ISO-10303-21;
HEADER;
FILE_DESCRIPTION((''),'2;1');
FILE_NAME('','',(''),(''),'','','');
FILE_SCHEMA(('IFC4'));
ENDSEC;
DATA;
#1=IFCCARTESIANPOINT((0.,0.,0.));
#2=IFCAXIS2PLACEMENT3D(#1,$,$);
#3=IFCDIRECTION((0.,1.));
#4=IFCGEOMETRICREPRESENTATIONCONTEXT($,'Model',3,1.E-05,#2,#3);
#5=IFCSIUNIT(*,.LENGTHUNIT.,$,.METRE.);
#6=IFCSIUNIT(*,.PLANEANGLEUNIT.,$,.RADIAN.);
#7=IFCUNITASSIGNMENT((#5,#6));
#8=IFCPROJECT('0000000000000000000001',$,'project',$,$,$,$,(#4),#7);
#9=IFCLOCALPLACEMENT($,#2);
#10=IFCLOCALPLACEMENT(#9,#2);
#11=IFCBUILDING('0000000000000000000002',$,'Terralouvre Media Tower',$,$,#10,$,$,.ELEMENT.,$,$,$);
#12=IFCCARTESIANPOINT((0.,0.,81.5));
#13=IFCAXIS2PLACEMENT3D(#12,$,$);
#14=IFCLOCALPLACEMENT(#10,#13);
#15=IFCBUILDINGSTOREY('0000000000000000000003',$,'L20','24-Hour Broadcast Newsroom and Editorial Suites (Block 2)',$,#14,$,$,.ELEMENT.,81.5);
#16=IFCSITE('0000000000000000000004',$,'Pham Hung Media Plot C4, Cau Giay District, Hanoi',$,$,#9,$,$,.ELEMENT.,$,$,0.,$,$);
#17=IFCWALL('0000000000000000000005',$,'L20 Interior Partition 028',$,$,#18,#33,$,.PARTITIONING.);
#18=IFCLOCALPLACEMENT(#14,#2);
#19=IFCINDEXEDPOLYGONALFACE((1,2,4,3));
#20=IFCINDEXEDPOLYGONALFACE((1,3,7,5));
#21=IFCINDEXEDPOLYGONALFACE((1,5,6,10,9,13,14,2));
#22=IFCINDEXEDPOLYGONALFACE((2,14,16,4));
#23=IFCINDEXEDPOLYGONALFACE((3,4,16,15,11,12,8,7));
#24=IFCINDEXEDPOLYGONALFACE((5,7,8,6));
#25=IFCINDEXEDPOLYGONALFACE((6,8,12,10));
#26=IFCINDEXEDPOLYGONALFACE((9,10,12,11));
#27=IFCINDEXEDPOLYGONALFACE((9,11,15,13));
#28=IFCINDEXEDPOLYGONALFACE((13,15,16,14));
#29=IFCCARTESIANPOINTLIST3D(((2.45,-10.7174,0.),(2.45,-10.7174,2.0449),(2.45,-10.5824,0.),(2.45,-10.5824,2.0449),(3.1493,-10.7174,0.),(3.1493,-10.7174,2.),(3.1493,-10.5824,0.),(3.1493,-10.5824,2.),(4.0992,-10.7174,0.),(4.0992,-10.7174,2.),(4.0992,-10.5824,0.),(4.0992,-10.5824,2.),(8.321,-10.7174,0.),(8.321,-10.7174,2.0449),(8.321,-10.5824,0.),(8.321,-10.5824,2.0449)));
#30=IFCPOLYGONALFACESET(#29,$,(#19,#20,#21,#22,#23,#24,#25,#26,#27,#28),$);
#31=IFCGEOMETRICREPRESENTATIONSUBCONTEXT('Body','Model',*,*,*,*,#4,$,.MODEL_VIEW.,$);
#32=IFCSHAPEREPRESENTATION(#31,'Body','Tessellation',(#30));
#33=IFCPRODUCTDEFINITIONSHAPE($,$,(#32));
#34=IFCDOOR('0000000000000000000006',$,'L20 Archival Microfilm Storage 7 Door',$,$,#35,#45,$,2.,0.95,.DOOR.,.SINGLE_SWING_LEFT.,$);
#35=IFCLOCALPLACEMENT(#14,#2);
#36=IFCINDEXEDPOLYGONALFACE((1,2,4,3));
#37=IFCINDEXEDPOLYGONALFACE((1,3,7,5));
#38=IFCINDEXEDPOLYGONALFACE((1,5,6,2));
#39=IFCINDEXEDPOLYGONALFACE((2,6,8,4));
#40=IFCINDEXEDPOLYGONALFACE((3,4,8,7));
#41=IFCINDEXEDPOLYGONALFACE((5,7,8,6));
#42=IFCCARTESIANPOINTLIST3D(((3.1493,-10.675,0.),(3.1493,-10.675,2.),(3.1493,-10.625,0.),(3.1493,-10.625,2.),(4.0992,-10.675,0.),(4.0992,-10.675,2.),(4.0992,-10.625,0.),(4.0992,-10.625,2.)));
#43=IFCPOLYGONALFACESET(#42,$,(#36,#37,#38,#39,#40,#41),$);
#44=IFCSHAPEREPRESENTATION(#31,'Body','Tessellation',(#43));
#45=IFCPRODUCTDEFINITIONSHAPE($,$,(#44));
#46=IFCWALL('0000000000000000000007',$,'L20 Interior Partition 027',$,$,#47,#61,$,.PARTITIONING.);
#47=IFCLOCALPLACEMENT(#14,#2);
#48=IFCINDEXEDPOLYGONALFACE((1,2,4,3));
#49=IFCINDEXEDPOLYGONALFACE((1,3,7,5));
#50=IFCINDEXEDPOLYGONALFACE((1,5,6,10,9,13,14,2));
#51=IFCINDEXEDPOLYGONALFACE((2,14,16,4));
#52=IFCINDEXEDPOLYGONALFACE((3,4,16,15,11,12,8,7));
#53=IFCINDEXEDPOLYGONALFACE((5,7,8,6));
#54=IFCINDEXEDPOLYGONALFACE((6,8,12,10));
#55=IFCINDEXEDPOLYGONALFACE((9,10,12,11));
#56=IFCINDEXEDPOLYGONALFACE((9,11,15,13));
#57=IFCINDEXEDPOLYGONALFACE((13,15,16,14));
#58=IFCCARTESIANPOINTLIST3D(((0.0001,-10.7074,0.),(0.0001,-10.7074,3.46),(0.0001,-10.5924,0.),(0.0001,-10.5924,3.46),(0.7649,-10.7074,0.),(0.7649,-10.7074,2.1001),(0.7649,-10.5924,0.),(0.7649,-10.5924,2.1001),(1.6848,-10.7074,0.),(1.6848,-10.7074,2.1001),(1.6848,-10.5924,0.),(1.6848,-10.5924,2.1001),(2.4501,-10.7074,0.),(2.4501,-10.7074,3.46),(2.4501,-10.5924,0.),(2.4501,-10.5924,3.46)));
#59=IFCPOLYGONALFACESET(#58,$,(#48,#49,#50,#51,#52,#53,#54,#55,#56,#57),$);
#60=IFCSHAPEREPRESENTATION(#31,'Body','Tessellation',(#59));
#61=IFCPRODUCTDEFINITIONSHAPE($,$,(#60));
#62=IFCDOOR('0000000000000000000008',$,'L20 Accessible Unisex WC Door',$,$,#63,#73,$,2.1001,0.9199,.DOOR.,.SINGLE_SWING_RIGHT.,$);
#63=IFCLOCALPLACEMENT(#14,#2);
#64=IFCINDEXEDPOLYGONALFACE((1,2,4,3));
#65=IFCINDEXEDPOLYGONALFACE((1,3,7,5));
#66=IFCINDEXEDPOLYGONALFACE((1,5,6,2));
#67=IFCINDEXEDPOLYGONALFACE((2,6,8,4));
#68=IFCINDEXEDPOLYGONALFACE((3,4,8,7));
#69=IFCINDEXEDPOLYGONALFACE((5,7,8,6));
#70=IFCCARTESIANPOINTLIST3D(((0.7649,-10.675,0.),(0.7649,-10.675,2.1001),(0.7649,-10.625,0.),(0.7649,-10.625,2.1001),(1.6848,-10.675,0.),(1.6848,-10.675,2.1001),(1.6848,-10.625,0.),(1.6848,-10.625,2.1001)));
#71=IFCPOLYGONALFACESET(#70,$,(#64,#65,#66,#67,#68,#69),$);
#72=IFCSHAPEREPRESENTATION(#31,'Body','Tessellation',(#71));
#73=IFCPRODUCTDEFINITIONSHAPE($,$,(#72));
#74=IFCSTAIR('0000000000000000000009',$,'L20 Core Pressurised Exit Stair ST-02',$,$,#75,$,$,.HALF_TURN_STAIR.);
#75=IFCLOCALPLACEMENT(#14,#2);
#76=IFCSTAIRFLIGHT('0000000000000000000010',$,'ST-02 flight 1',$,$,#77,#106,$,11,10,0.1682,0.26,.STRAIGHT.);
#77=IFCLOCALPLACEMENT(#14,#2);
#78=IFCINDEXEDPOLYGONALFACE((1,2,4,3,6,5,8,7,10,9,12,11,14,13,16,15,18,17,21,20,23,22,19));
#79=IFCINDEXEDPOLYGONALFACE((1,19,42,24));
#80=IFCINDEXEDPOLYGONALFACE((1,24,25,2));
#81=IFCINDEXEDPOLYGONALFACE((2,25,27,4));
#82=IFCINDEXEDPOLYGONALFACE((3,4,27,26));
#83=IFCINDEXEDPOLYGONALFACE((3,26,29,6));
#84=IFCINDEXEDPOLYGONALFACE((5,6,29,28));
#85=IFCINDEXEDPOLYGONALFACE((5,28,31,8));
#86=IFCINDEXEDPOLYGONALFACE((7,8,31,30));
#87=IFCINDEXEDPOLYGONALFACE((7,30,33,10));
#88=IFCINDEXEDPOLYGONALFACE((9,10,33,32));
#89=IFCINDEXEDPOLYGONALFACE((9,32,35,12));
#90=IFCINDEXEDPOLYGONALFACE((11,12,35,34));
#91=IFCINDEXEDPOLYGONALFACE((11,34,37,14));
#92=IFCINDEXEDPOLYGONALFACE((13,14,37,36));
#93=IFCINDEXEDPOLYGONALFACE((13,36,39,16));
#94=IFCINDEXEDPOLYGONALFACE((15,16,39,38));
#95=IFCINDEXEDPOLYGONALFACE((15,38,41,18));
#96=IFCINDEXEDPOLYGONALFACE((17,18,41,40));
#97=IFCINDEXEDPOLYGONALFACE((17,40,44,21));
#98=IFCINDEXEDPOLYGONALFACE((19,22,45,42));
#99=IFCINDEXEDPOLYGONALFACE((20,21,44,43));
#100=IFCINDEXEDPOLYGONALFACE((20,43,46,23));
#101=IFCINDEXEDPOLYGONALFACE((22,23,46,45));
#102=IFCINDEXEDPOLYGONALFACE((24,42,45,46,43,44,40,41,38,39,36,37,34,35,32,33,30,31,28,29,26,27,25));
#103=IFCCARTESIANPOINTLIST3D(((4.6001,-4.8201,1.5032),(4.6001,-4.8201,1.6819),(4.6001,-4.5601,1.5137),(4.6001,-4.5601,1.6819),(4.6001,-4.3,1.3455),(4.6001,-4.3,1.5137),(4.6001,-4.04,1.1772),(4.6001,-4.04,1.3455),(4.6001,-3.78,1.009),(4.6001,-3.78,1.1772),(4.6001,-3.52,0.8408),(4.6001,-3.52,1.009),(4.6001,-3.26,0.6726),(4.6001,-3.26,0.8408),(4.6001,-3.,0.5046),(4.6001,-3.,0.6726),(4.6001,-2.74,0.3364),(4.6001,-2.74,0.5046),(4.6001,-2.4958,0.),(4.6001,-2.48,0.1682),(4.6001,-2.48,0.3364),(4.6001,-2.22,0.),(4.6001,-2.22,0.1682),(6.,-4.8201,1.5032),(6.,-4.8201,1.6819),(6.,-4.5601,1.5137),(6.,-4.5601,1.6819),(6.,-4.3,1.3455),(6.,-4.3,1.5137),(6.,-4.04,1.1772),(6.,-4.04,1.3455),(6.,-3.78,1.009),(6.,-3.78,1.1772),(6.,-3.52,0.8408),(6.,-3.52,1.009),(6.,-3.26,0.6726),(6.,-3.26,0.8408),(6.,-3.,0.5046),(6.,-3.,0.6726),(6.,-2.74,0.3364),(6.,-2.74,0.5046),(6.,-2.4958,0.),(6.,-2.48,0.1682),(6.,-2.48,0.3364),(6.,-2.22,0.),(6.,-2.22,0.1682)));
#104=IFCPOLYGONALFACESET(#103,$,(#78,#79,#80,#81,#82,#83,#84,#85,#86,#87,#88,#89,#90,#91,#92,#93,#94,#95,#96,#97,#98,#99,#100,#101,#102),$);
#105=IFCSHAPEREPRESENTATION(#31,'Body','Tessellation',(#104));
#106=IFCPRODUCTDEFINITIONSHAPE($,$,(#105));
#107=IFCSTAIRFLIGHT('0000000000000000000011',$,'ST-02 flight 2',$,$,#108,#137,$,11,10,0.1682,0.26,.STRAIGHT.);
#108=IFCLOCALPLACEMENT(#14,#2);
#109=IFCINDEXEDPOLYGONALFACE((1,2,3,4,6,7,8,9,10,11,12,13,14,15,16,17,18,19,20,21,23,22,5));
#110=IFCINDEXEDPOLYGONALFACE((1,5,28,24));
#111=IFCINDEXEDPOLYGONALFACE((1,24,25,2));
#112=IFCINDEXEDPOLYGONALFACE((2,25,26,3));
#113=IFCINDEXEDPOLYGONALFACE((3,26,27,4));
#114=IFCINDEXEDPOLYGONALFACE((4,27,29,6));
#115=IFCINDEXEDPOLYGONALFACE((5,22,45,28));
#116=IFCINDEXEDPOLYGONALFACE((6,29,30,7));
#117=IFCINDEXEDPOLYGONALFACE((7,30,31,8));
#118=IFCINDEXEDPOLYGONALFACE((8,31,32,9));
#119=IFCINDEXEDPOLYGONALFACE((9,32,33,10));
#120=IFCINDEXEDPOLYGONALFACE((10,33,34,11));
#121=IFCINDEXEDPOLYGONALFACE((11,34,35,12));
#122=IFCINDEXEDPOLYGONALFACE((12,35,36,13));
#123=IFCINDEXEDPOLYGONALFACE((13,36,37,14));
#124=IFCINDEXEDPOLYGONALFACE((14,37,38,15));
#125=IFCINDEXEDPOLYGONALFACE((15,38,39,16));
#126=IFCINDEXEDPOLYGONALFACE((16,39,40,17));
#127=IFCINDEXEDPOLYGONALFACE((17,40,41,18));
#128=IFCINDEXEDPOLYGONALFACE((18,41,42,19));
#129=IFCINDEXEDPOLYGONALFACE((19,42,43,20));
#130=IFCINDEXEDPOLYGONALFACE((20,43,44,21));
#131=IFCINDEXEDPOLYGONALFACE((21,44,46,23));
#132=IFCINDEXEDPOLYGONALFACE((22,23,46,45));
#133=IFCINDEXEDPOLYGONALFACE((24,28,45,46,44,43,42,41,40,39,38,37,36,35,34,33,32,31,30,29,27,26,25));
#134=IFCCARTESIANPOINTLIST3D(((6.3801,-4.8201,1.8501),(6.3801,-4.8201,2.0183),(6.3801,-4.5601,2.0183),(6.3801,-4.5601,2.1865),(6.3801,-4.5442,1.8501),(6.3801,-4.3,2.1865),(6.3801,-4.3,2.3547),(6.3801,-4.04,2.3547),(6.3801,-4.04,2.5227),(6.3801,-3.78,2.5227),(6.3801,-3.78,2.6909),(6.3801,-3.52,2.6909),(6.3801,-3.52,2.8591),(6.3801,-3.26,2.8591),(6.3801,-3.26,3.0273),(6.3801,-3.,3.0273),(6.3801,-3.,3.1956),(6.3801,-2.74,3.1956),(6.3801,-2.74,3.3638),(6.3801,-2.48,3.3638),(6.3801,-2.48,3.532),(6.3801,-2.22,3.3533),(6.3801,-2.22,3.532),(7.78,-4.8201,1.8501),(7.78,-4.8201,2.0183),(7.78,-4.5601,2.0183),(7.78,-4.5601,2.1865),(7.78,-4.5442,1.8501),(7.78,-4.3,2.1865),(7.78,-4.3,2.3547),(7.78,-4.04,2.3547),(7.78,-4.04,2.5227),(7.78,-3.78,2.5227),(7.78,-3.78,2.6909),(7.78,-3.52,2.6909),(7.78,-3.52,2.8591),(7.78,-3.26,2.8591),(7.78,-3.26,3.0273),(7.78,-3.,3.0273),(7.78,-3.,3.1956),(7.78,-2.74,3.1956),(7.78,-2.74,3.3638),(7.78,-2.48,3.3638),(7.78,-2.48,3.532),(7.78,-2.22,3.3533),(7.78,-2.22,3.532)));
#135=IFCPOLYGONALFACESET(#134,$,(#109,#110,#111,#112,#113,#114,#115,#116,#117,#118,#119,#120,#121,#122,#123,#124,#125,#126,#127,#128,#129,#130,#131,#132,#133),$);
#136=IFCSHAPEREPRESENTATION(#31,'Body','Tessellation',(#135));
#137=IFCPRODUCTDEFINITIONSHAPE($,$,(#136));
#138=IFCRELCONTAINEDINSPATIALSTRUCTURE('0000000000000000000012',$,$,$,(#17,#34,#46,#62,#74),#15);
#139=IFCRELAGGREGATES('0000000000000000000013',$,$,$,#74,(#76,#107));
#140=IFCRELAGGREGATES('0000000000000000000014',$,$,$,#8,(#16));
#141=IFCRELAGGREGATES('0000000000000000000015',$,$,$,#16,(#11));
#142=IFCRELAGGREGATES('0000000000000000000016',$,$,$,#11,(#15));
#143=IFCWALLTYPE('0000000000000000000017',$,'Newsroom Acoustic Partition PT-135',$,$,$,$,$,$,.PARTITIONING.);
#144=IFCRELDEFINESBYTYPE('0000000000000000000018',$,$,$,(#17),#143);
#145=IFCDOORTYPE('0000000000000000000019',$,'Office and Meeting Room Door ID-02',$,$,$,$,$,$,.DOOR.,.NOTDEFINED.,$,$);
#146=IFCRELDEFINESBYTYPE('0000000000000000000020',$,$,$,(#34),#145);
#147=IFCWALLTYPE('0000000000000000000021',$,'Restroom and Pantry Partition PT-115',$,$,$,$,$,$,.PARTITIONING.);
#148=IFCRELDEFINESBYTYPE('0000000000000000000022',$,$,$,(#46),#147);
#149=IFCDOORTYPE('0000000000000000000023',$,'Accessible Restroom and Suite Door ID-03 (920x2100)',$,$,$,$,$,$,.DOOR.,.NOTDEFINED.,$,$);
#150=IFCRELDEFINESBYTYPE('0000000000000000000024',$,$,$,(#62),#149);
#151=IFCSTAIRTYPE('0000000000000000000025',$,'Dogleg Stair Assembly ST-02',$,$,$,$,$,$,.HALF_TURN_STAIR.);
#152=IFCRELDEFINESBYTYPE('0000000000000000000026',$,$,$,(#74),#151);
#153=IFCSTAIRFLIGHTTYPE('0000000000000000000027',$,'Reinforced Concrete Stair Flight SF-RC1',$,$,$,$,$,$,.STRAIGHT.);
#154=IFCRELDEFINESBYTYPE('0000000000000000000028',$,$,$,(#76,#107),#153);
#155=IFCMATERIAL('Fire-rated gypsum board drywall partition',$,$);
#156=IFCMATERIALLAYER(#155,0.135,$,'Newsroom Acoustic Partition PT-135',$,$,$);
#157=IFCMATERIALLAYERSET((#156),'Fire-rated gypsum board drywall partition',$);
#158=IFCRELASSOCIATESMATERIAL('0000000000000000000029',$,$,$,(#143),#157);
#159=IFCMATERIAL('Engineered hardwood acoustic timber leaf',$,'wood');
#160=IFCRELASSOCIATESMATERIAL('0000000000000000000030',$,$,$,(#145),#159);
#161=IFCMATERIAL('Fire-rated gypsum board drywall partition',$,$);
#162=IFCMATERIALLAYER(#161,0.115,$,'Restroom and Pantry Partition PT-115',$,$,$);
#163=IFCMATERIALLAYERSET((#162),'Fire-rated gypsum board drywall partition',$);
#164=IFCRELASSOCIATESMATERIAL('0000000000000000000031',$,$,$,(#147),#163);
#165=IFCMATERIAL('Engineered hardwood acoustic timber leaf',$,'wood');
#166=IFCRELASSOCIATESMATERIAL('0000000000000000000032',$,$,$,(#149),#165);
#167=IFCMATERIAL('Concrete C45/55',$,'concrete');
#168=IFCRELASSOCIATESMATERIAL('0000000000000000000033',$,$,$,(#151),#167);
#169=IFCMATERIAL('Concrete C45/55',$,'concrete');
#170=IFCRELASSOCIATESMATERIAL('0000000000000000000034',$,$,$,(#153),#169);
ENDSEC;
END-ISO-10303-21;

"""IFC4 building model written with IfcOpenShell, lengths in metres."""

from ifc_helpers import new_model, si_unit, direction, frame, frame_2d, origin, place, context, subcontext, project, spatial, polyline, rectangle, outline, extrude, material, layer, layer_set, type_object, element, fill, aggregate, save


model = new_model("IFC4")

# Units and contexts
model_context = context("Model", 3, precision=1e-05, world=origin(), true_north=direction((0.0, 1.0)))
body_context = subcontext(model_context, "Body", "Model", "MODEL_VIEW")
ifc_project = project(units=[si_unit("LENGTHUNIT", "METRE"), si_unit("PLANEANGLEUNIT", "RADIAN")], contexts=[model_context])

# Site, building, storey
site_placement = place(None, origin())
site = spatial("IfcSite", under=ifc_project, at=site_placement, Name="Pham Hung Media Plot C4, Cau Giay District, Hanoi", CompositionType="ELEMENT", RefElevation=0.0)
building_placement = place(site_placement, origin())
building = spatial("IfcBuilding", under=site, at=building_placement, Name="Terralouvre Media Tower", CompositionType="ELEMENT")
storey_placement = place(building_placement, frame((0.0, 0.0, 81.5)))
storey = spatial("IfcBuildingStorey", under=building, at=storey_placement, Name="L20", Description="24-Hour Broadcast Newsroom and Editorial Suites (Block 2)", CompositionType="ELEMENT", Elevation=81.5)

# Walls, openings, doors
ifc_material_1 = material(Name="Fire-rated gypsum board drywall partition")
ifc_layer_1 = layer(ifc_material_1, 0.135, Name="Newsroom Acoustic Partition PT-135")
ifc_layer_set_1 = layer_set([ifc_layer_1], Name="Fire-rated gypsum board drywall partition")
wall_type_1 = type_object("IfcWallType", Name="Newsroom Acoustic Partition PT-135", PredefinedType="PARTITIONING", material=ifc_layer_set_1)
wall_1_placement = place(storey_placement, frame((2.45, -10.6499, 0.0), z_axis=(0.0, 0.0, 1.0), x_axis=(1.0, 0.0, 0.0)))
wall_1 = element("IfcWall", 1, at=wall_1_placement, inside=storey, type_object=wall_type_1, Name="L20 Interior Partition 028", PredefinedType="PARTITIONING", context=body_context, shape_type="SweptSolid", body=[
    extrude(rectangle(XDim=5.8711, YDim=0.135, at=frame_2d((2.9355, 0.0))), origin(), (0.0, 0.0, 1.0), 2.0449),
])
opening_1_placement = place(wall_1_placement, frame((0.6992, 0.0, 0.0)))
opening_1 = element("IfcOpeningElement", 2, at=opening_1_placement, cuts=wall_1, PredefinedType="OPENING", context=body_context, shape_type="SweptSolid", body=[
    extrude(rectangle(XDim=0.95, YDim=2.0, at=frame_2d((0.4751, 1.0))), frame((0.0, 0.0774, 0.0), z_axis=(0.0, -1.0, 0.0), x_axis=(1.0, 0.0, 0.0)), (0.0, 0.0, 1.0), 0.155),
])
ifc_material_2 = material(Name="Engineered hardwood acoustic timber leaf", Category="wood")
door_type_1 = type_object("IfcDoorType", Name="Office and Meeting Room Door ID-02", OperationType="NOTDEFINED", PredefinedType="DOOR", material=ifc_material_2)
door_1_placement = place(opening_1_placement, origin())
door_1 = element("IfcDoor", 3, at=door_1_placement, inside=storey, type_object=door_type_1, Name="L20 Archival Microfilm Storage 7 Door", OperationType="SINGLE_SWING_LEFT", OverallHeight=2.0, OverallWidth=0.95, PredefinedType="DOOR", context=body_context, shape_type="SweptSolid", body=[
    extrude(rectangle(XDim=0.95, YDim=2.0, at=frame_2d((0.4751, 1.0))), frame((0.0, 0.0249, 0.0), z_axis=(0.0, -1.0, 0.0), x_axis=(1.0, 0.0, 0.0)), (0.0, 0.0, 1.0), 0.05),
])
fill(opening_1, door_1)
ifc_material_3 = material(Name="Fire-rated gypsum board drywall partition")
ifc_layer_2 = layer(ifc_material_3, 0.115, Name="Restroom and Pantry Partition PT-115")
ifc_layer_set_2 = layer_set([ifc_layer_2], Name="Fire-rated gypsum board drywall partition")
wall_type_2 = type_object("IfcWallType", Name="Restroom and Pantry Partition PT-115", PredefinedType="PARTITIONING", material=ifc_layer_set_2)
wall_2_placement = place(storey_placement, frame((0.0, -10.6499, 0.0), z_axis=(0.0, 0.0, 1.0), x_axis=(1.0, 0.0, 0.0)))
wall_2 = element("IfcWall", 4, at=wall_2_placement, inside=storey, type_object=wall_type_2, Name="L20 Interior Partition 027", PredefinedType="PARTITIONING", context=body_context, shape_type="SweptSolid", body=[
    extrude(rectangle(XDim=2.45, YDim=0.115, at=frame_2d((1.2251, 0.0))), origin(), (0.0, 0.0, 1.0), 3.46),
])
opening_2_placement = place(wall_2_placement, frame((0.7649, 0.0, 0.0)))
opening_2 = element("IfcOpeningElement", 5, at=opening_2_placement, cuts=wall_2, PredefinedType="OPENING", context=body_context, shape_type="SweptSolid", body=[
    extrude(rectangle(XDim=0.9199, YDim=2.1001, at=frame_2d((0.46, 1.05))), frame((0.0, 0.0674, 0.0), z_axis=(0.0, -1.0, 0.0), x_axis=(1.0, 0.0, 0.0)), (0.0, 0.0, 1.0), 0.135),
])
ifc_material_4 = material(Name="Engineered hardwood acoustic timber leaf", Category="wood")
door_type_2 = type_object("IfcDoorType", Name="Accessible Restroom and Suite Door ID-03 (920x2100)", OperationType="NOTDEFINED", PredefinedType="DOOR", material=ifc_material_4)
door_2_placement = place(opening_2_placement, origin())
door_2 = element("IfcDoor", 6, at=door_2_placement, inside=storey, type_object=door_type_2, Name="L20 Accessible Unisex WC Door", OperationType="SINGLE_SWING_RIGHT", OverallHeight=2.1001, OverallWidth=0.9199, PredefinedType="DOOR", context=body_context, shape_type="SweptSolid", body=[
    extrude(rectangle(XDim=0.9199, YDim=2.1001, at=frame_2d((0.46, 1.05))), frame((0.0, 0.0249, 0.0), z_axis=(0.0, -1.0, 0.0), x_axis=(1.0, 0.0, 0.0)), (0.0, 0.0, 1.0), 0.05),
])
fill(opening_2, door_2)

# Stair, stair flights
ifc_material_5 = material(Name="Concrete C45/55", Category="concrete")
stair_type = type_object("IfcStairType", Name="Dogleg Stair Assembly ST-02", PredefinedType="HALF_TURN_STAIR", material=ifc_material_5)
stair_placement = place(storey_placement, origin())
stair = element("IfcStair", 7, at=stair_placement, inside=storey, type_object=stair_type, Name="L20 Core Pressurised Exit Stair ST-02", PredefinedType="HALF_TURN_STAIR")
ifc_material_6 = material(Name="Concrete C45/55", Category="concrete")
stair_flight_type = type_object("IfcStairFlightType", Name="Reinforced Concrete Stair Flight SF-RC1", PredefinedType="STRAIGHT", material=ifc_material_6)
stair_flight_1_placement = place(storey_placement, frame((5.3, -2.22, 0.0), z_axis=(0.0, 0.0, 1.0), x_axis=(0.0, -1.0, 0.0)))
stair_flight_1 = element("IfcStairFlight", 8, at=stair_flight_1_placement, type_object=stair_flight_type, Name="ST-02 flight 1", NumberOfRisers=11, NumberOfTreads=10, PredefinedType="STRAIGHT", RiserHeight=0.1682, TreadLength=0.26, context=body_context, shape_type="SweptSolid", body=[
    extrude(outline(polyline([(0.0, 0.0), (0.0, 0.1682), (0.26, 0.1682), (0.26, 0.3364), (0.52, 0.3364), (0.52, 0.5046), (0.78, 0.5046), (0.78, 0.6726), (1.04, 0.6726), (1.04, 0.8408), (1.3, 0.8408), (1.3, 1.009), (1.5601, 1.009), (1.5601, 1.1772), (1.8201, 1.1772), (1.8201, 1.3455), (2.0801, 1.3455), (2.0801, 1.5137), (2.3401, 1.5137), (2.3401, 1.6819), (2.6001, 1.6819), (2.6001, 1.8501), (2.6001, 1.5032), (0.2759, 0.0), (0.0, 0.0)])), frame((0.0, 0.7, 0.0), z_axis=(0.0, -1.0, 0.0), x_axis=(1.0, 0.0, 0.0)), (0.0, 0.0, 1.0), 1.3999),
])
stair_flight_2_placement = place(storey_placement, frame((7.0801, -4.8201, 1.8501), z_axis=(0.0, 0.0, 1.0), x_axis=(0.0, 1.0, 0.0)))
stair_flight_2 = element("IfcStairFlight", 9, at=stair_flight_2_placement, type_object=stair_flight_type, Name="ST-02 flight 2", NumberOfRisers=11, NumberOfTreads=10, PredefinedType="STRAIGHT", RiserHeight=0.1682, TreadLength=0.26, context=body_context, shape_type="SweptSolid", body=[
    extrude(outline(polyline([(0.0, 0.0), (0.0, 0.1682), (0.26, 0.1682), (0.26, 0.3364), (0.52, 0.3364), (0.52, 0.5046), (0.78, 0.5046), (0.78, 0.6726), (1.04, 0.6726), (1.04, 0.8408), (1.3, 0.8408), (1.3, 1.009), (1.5601, 1.009), (1.5601, 1.1772), (1.8201, 1.1772), (1.8201, 1.3455), (2.0801, 1.3455), (2.0801, 1.5137), (2.3401, 1.5137), (2.3401, 1.6819), (2.6001, 1.6819), (2.6001, 1.8501), (2.6001, 1.5032), (0.2759, 0.0), (0.0, 0.0)])), frame((0.0, 0.7, 0.0), z_axis=(0.0, -1.0, 0.0), x_axis=(1.0, 0.0, 0.0)), (0.0, 0.0, 1.0), 1.3999),
])
aggregate(stair, [stair_flight_1, stair_flight_2])

save(model, "model.ifc")
